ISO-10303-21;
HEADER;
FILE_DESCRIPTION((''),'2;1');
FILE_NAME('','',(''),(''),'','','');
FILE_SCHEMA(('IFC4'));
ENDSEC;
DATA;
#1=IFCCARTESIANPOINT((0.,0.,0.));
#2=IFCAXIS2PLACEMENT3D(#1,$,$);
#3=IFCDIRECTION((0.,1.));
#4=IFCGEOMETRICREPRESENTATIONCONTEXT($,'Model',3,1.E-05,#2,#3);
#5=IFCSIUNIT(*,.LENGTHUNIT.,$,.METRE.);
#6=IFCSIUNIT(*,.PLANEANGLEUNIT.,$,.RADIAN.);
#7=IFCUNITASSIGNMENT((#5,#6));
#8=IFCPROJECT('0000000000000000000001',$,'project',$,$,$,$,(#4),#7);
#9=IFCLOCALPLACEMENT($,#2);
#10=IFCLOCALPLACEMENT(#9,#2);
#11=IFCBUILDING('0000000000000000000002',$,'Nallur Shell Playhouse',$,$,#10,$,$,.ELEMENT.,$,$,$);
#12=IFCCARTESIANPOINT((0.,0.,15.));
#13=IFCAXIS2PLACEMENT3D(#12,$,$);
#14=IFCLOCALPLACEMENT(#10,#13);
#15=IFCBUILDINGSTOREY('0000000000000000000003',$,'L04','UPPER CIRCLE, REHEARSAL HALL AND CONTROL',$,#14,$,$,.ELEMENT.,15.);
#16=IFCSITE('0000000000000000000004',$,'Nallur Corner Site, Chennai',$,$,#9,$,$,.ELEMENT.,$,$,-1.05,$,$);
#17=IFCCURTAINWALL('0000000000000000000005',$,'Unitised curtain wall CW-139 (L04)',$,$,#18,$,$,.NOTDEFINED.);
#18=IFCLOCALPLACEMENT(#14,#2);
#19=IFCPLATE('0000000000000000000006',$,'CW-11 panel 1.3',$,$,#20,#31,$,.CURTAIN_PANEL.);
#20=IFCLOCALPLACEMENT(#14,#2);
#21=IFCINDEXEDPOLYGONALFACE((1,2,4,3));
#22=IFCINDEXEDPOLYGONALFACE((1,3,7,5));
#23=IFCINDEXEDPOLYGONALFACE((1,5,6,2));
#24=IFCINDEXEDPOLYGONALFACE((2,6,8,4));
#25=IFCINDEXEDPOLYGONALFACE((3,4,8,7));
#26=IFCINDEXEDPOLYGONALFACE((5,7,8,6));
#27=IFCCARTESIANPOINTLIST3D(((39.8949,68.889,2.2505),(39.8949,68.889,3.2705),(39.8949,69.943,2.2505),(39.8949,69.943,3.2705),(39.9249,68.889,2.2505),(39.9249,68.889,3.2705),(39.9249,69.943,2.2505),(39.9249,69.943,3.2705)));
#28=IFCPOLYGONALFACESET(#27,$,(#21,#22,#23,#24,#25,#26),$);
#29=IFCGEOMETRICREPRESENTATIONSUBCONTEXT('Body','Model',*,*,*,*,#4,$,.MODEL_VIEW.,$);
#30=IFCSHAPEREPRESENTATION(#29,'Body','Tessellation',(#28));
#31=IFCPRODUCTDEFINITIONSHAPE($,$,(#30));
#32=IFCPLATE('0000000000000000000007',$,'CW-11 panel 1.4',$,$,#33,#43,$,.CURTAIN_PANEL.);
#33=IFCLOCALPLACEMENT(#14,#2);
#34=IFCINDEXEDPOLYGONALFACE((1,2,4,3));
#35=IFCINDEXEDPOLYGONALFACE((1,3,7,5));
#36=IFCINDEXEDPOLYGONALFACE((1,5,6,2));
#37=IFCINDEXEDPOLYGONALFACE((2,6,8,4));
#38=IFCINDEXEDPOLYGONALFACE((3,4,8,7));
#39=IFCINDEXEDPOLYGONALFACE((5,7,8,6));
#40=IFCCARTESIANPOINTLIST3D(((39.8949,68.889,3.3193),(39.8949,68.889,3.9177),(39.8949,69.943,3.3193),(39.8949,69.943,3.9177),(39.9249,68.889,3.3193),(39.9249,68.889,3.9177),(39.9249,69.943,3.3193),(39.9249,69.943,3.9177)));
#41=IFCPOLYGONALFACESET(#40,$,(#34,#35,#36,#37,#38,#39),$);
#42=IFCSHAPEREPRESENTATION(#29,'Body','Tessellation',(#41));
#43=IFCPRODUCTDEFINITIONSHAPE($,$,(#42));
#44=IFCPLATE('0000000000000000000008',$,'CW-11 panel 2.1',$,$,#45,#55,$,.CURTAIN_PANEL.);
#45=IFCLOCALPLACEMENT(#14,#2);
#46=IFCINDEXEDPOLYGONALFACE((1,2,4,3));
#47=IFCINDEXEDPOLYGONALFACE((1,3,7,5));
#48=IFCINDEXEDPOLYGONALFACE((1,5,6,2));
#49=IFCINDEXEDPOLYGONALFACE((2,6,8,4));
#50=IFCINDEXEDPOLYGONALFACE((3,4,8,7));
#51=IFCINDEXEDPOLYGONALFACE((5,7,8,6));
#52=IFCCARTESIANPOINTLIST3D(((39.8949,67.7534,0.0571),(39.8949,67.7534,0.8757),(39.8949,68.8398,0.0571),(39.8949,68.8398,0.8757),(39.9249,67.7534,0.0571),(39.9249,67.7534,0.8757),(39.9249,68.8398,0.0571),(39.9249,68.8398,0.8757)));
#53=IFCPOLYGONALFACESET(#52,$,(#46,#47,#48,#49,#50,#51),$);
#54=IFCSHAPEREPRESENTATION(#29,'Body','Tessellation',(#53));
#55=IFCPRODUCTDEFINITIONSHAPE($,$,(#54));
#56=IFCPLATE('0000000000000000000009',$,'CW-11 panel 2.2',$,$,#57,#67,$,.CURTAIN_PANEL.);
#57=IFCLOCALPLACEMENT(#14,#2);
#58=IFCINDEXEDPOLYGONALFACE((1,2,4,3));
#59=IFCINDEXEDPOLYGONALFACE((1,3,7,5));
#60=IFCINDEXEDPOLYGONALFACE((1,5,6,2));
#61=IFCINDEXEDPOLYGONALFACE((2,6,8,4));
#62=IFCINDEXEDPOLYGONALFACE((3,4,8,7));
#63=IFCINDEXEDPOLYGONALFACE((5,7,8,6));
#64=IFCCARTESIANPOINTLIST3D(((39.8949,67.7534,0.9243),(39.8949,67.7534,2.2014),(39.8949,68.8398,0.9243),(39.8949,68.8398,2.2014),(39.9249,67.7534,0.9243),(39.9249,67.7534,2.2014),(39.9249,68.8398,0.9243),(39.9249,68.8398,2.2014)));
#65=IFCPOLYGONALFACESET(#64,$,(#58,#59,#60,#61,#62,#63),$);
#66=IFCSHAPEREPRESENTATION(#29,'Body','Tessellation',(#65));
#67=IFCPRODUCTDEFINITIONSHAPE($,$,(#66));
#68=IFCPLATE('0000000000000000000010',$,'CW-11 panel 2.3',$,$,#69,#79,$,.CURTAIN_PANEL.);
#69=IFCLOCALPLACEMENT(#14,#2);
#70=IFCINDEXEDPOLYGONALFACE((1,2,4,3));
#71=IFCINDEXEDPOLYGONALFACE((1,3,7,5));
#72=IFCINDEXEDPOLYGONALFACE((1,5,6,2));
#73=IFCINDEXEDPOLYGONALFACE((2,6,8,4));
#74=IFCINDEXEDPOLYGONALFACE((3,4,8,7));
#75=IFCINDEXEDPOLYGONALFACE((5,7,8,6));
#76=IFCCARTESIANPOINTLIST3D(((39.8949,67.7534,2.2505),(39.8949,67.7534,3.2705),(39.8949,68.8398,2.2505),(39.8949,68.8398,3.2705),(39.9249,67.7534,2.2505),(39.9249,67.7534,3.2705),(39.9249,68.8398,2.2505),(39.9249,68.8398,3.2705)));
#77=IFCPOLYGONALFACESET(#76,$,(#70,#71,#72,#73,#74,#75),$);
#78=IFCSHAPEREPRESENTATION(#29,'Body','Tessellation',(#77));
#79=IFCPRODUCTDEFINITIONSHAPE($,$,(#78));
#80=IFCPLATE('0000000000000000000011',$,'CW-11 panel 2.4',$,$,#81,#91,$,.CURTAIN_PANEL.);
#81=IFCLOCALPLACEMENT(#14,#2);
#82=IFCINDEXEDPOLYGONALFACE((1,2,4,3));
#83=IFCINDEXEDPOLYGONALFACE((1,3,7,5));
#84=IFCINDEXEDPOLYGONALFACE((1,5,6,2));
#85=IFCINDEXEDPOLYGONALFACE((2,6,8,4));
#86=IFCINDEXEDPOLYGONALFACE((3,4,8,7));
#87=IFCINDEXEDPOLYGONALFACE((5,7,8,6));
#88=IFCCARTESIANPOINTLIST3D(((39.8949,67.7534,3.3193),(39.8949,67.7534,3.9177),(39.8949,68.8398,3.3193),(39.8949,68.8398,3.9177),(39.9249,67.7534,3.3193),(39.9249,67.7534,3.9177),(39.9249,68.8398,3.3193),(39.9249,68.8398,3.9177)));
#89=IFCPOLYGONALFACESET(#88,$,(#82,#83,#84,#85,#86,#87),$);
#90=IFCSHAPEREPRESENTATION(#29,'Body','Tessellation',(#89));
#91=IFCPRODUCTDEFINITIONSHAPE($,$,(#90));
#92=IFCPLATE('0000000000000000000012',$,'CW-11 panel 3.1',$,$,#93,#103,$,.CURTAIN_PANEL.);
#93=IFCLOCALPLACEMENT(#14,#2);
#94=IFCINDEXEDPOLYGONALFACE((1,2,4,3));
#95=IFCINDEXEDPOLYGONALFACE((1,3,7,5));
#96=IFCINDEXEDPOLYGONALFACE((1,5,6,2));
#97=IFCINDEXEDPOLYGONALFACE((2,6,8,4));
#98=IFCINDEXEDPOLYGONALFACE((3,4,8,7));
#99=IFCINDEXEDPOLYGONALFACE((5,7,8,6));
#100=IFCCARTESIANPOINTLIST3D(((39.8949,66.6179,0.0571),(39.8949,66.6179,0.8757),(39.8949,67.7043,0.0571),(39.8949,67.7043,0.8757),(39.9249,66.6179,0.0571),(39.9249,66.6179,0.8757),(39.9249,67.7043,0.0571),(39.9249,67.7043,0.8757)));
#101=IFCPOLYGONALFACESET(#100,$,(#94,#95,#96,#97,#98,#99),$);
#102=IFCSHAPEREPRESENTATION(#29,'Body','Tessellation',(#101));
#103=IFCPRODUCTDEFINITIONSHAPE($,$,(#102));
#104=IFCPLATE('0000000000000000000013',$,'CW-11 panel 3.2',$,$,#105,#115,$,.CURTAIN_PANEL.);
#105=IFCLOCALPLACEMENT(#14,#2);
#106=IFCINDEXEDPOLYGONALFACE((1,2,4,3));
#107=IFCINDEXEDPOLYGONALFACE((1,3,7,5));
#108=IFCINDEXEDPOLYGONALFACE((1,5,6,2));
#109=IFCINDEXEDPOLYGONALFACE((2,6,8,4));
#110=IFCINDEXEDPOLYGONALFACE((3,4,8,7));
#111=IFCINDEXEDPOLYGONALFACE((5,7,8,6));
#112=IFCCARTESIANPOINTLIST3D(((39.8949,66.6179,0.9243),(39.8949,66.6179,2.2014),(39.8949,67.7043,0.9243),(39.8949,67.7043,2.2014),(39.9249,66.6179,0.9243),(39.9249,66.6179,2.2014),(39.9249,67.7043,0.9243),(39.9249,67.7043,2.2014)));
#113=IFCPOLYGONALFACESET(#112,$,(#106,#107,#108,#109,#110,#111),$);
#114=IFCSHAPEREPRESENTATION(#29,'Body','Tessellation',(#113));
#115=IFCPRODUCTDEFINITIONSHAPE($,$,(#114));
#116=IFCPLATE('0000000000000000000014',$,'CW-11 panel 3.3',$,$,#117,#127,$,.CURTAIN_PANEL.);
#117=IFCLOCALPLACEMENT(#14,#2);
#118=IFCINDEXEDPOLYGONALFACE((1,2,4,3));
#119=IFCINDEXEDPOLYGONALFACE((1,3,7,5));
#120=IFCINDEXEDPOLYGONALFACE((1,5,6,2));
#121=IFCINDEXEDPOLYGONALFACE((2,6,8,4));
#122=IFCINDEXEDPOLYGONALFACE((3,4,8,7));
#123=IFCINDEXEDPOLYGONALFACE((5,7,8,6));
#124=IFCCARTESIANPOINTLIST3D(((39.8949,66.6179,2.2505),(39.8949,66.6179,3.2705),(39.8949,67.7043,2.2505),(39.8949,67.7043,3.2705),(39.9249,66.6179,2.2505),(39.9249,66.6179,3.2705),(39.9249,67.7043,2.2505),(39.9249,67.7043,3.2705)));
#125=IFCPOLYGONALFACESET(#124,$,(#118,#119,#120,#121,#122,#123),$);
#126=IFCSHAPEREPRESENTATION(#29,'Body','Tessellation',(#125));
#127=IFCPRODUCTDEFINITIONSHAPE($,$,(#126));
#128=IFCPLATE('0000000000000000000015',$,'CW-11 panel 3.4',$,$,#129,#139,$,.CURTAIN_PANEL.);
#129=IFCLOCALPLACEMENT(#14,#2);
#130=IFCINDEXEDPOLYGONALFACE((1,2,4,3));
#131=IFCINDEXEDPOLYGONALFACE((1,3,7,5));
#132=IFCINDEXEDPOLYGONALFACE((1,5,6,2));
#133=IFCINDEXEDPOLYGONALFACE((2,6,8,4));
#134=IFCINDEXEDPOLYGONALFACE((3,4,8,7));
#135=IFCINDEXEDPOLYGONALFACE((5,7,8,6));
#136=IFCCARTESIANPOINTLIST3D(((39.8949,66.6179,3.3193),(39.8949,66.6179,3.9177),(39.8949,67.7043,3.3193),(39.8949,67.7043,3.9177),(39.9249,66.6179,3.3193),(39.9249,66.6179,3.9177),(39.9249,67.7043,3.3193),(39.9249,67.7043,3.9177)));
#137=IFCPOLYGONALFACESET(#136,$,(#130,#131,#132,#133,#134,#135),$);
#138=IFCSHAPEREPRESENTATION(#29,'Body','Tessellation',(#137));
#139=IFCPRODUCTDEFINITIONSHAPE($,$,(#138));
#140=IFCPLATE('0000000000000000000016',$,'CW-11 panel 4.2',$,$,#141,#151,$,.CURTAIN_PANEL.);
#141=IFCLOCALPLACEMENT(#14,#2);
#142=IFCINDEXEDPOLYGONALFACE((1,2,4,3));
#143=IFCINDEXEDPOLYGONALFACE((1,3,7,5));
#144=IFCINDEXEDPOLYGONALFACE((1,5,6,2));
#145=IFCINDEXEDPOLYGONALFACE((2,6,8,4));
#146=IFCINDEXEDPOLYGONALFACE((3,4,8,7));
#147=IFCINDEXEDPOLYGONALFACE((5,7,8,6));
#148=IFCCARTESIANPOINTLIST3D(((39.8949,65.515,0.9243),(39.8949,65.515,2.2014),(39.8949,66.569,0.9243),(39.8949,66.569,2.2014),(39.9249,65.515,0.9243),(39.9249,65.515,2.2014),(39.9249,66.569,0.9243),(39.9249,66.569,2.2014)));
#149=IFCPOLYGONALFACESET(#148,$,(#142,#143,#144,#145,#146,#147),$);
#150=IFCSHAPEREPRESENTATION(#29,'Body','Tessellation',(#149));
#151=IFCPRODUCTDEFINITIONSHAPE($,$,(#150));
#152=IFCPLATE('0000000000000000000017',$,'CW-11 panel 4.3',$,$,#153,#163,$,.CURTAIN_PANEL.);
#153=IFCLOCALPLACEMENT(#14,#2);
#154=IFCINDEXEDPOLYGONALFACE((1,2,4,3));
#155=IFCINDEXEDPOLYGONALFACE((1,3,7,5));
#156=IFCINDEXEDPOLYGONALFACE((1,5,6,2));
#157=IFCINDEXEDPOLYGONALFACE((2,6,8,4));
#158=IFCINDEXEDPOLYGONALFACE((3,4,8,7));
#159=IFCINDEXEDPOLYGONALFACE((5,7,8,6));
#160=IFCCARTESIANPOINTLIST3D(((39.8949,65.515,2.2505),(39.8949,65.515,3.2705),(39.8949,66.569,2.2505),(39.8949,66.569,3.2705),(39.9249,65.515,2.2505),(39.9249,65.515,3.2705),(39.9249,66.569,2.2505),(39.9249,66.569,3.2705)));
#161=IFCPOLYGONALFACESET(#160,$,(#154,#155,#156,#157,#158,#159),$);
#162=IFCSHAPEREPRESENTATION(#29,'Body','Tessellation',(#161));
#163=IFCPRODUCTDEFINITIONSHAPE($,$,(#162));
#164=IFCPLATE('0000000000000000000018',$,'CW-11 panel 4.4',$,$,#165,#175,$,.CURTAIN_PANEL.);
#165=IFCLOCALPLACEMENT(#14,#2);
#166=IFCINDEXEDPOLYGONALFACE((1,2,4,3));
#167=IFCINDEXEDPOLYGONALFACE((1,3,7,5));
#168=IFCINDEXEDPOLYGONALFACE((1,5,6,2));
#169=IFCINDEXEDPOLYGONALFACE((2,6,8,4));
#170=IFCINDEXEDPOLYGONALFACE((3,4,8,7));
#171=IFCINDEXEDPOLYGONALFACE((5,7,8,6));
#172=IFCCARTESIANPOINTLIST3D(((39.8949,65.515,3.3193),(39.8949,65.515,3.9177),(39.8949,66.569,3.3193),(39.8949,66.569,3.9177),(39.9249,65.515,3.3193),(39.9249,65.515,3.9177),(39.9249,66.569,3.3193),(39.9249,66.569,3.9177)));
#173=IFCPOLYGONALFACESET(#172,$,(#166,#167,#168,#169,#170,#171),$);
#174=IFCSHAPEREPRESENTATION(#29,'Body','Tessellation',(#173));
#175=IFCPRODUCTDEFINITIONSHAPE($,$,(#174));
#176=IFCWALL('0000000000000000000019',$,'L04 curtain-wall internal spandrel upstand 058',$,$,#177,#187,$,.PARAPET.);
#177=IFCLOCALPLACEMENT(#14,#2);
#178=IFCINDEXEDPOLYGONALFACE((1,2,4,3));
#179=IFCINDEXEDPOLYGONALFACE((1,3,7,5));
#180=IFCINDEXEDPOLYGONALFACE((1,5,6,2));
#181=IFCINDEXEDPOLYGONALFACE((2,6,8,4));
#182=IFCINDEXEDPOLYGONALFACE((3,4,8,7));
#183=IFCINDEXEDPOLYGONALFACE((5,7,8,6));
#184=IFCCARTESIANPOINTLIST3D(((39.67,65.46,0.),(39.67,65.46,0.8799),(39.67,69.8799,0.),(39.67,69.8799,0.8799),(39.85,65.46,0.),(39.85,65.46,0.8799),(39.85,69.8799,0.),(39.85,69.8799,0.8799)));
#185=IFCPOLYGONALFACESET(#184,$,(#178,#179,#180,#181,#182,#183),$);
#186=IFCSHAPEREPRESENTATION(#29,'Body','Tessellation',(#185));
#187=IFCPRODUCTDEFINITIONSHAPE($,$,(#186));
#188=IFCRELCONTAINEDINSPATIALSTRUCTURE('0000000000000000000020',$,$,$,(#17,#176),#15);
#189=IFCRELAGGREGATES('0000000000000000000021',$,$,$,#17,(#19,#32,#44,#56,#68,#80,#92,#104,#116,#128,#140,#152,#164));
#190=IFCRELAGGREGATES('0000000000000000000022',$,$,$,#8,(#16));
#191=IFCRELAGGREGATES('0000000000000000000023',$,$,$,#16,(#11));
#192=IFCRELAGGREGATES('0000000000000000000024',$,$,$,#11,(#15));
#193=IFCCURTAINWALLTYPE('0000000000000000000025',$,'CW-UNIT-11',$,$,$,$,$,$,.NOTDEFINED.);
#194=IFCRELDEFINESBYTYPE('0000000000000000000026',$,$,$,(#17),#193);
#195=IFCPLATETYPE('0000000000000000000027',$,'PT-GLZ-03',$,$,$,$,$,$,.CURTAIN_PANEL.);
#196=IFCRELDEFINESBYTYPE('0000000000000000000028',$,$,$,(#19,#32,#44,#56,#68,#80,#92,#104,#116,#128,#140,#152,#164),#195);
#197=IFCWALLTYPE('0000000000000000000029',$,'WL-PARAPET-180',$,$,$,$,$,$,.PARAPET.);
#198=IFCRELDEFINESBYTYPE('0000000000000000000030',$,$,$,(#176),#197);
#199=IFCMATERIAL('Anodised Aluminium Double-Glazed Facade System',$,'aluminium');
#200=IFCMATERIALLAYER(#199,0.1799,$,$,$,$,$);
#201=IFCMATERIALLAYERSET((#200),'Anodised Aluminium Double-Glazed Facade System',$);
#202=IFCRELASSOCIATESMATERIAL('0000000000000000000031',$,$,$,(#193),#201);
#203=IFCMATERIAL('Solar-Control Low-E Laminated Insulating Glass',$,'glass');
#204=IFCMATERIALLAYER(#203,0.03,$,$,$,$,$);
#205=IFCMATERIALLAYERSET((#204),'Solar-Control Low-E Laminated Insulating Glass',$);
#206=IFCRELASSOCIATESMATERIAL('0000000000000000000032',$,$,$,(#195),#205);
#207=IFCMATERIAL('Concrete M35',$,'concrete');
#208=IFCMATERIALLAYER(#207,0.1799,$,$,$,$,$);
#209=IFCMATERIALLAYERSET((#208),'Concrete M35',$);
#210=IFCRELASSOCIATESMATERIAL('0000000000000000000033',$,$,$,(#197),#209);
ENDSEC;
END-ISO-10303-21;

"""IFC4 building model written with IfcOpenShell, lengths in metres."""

from ifc_helpers import new_model, si_unit, direction, frame, frame_2d, origin, origin_2d, place, context, subcontext, project, spatial, rectangle, extrude, material, layer, layer_set, type_object, element, aggregate, save


model = new_model("IFC4")

# Units and contexts
model_context = context("Model", 3, precision=1e-05, world=origin(), true_north=direction((0.0, 1.0)))
body_context = subcontext(model_context, "Body", "Model", "MODEL_VIEW")
ifc_project = project(units=[si_unit("LENGTHUNIT", "METRE"), si_unit("PLANEANGLEUNIT", "RADIAN")], contexts=[model_context])

# Site, building, storey
site_placement = place(None, origin())
site = spatial("IfcSite", under=ifc_project, at=site_placement, Name="Nallur Corner Site, Chennai", CompositionType="ELEMENT", RefElevation=-1.05)
building_placement = place(site_placement, origin())
building = spatial("IfcBuilding", under=site, at=building_placement, Name="Nallur Shell Playhouse", CompositionType="ELEMENT")
storey_placement = place(building_placement, frame((0.0, 0.0, 15.0)))
storey = spatial("IfcBuildingStorey", under=building, at=storey_placement, Name="L04", Description="UPPER CIRCLE, REHEARSAL HALL AND CONTROL", CompositionType="ELEMENT", Elevation=15.0)

# Curtain wall, plates
ifc_material_1 = material(Name="Anodised Aluminium Double-Glazed Facade System", Category="aluminium")
ifc_layer_1 = layer(ifc_material_1, 0.1799)
ifc_layer_set_1 = layer_set([ifc_layer_1], Name="Anodised Aluminium Double-Glazed Facade System")
curtain_wall_type = type_object("IfcCurtainWallType", Name="CW-UNIT-11", PredefinedType="NOTDEFINED", material=ifc_layer_set_1)
curtain_wall_placement = place(storey_placement, origin())
curtain_wall = element("IfcCurtainWall", 1, at=curtain_wall_placement, inside=storey, type_object=curtain_wall_type, Name="Unitised curtain wall CW-139 (L04)", PredefinedType="NOTDEFINED")
ifc_material_2 = material(Name="Solar-Control Low-E Laminated Insulating Glass", Category="glass")
ifc_layer_2 = layer(ifc_material_2, 0.03)
ifc_layer_set_2 = layer_set([ifc_layer_2], Name="Solar-Control Low-E Laminated Insulating Glass")
plate_type = type_object("IfcPlateType", Name="PT-GLZ-03", PredefinedType="CURTAIN_PANEL", material=ifc_layer_set_2)
plate_1_placement = place(storey_placement, frame((39.9099, 69.416, 2.2505), z_axis=(0.0, 0.0, 1.0), x_axis=(0.0, -1.0, 0.0)))
plate_1 = element("IfcPlate", 2, at=plate_1_placement, type_object=plate_type, Name="CW-11 panel 1.3", PredefinedType="CURTAIN_PANEL", context=body_context, shape_type="SweptSolid", body=[
    extrude(rectangle(XDim=1.054, YDim=0.03, at=origin_2d()), origin(), (0.0, 0.0, 1.0), 1.02),
])
plate_2_placement = place(storey_placement, frame((39.9099, 69.416, 3.3193), z_axis=(0.0, 0.0, 1.0), x_axis=(0.0, -1.0, 0.0)))
plate_2 = element("IfcPlate", 3, at=plate_2_placement, type_object=plate_type, Name="CW-11 panel 1.4", PredefinedType="CURTAIN_PANEL", context=body_context, shape_type="SweptSolid", body=[
    extrude(rectangle(XDim=1.054, YDim=0.03, at=origin_2d()), origin(), (0.0, 0.0, 1.0), 0.5984),
])
plate_3_placement = place(storey_placement, frame((39.9099, 68.2966, 0.0571), z_axis=(0.0, 0.0, 1.0), x_axis=(0.0, -1.0, 0.0)))
plate_3 = element("IfcPlate", 4, at=plate_3_placement, type_object=plate_type, Name="CW-11 panel 2.1", PredefinedType="CURTAIN_PANEL", context=body_context, shape_type="SweptSolid", body=[
    extrude(rectangle(XDim=1.0864, YDim=0.03, at=origin_2d()), origin(), (0.0, 0.0, 1.0), 0.8186),
])
plate_4_placement = place(storey_placement, frame((39.9099, 68.2966, 0.9243), z_axis=(0.0, 0.0, 1.0), x_axis=(0.0, -1.0, 0.0)))
plate_4 = element("IfcPlate", 5, at=plate_4_placement, type_object=plate_type, Name="CW-11 panel 2.2", PredefinedType="CURTAIN_PANEL", context=body_context, shape_type="SweptSolid", body=[
    extrude(rectangle(XDim=1.0864, YDim=0.03, at=origin_2d()), origin(), (0.0, 0.0, 1.0), 1.2771),
])
plate_5_placement = place(storey_placement, frame((39.9099, 68.2966, 2.2505), z_axis=(0.0, 0.0, 1.0), x_axis=(0.0, -1.0, 0.0)))
plate_5 = element("IfcPlate", 6, at=plate_5_placement, type_object=plate_type, Name="CW-11 panel 2.3", PredefinedType="CURTAIN_PANEL", context=body_context, shape_type="SweptSolid", body=[
    extrude(rectangle(XDim=1.0864, YDim=0.03, at=origin_2d()), origin(), (0.0, 0.0, 1.0), 1.02),
])
plate_6_placement = place(storey_placement, frame((39.9099, 68.2966, 3.3193), z_axis=(0.0, 0.0, 1.0), x_axis=(0.0, -1.0, 0.0)))
plate_6 = element("IfcPlate", 7, at=plate_6_placement, type_object=plate_type, Name="CW-11 panel 2.4", PredefinedType="CURTAIN_PANEL", context=body_context, shape_type="SweptSolid", body=[
    extrude(rectangle(XDim=1.0864, YDim=0.03, at=origin_2d()), origin(), (0.0, 0.0, 1.0), 0.5984),
])
plate_7_placement = place(storey_placement, frame((39.9099, 67.1611, 0.0571), z_axis=(0.0, 0.0, 1.0), x_axis=(0.0, -1.0, 0.0)))
plate_7 = element("IfcPlate", 8, at=plate_7_placement, type_object=plate_type, Name="CW-11 panel 3.1", PredefinedType="CURTAIN_PANEL", context=body_context, shape_type="SweptSolid", body=[
    extrude(rectangle(XDim=1.0864, YDim=0.03, at=origin_2d()), origin(), (0.0, 0.0, 1.0), 0.8186),
])
plate_8_placement = place(storey_placement, frame((39.9099, 67.1611, 0.9243), z_axis=(0.0, 0.0, 1.0), x_axis=(0.0, -1.0, 0.0)))
plate_8 = element("IfcPlate", 9, at=plate_8_placement, type_object=plate_type, Name="CW-11 panel 3.2", PredefinedType="CURTAIN_PANEL", context=body_context, shape_type="SweptSolid", body=[
    extrude(rectangle(XDim=1.0864, YDim=0.03, at=origin_2d()), origin(), (0.0, 0.0, 1.0), 1.2771),
])
plate_9_placement = place(storey_placement, frame((39.9099, 67.1611, 2.2505), z_axis=(0.0, 0.0, 1.0), x_axis=(0.0, -1.0, 0.0)))
plate_9 = element("IfcPlate", 10, at=plate_9_placement, type_object=plate_type, Name="CW-11 panel 3.3", PredefinedType="CURTAIN_PANEL", context=body_context, shape_type="SweptSolid", body=[
    extrude(rectangle(XDim=1.0864, YDim=0.03, at=origin_2d()), origin(), (0.0, 0.0, 1.0), 1.02),
])
plate_10_placement = place(storey_placement, frame((39.9099, 67.1611, 3.3193), z_axis=(0.0, 0.0, 1.0), x_axis=(0.0, -1.0, 0.0)))
plate_10 = element("IfcPlate", 11, at=plate_10_placement, type_object=plate_type, Name="CW-11 panel 3.4", PredefinedType="CURTAIN_PANEL", context=body_context, shape_type="SweptSolid", body=[
    extrude(rectangle(XDim=1.0864, YDim=0.03, at=origin_2d()), origin(), (0.0, 0.0, 1.0), 0.5984),
])
plate_11_placement = place(storey_placement, frame((39.9099, 66.042, 0.9243), z_axis=(0.0, 0.0, 1.0), x_axis=(0.0, -1.0, 0.0)))
plate_11 = element("IfcPlate", 12, at=plate_11_placement, type_object=plate_type, Name="CW-11 panel 4.2", PredefinedType="CURTAIN_PANEL", context=body_context, shape_type="SweptSolid", body=[
    extrude(rectangle(XDim=1.054, YDim=0.03, at=origin_2d()), origin(), (0.0, 0.0, 1.0), 1.2771),
])
plate_12_placement = place(storey_placement, frame((39.9099, 66.042, 2.2505), z_axis=(0.0, 0.0, 1.0), x_axis=(0.0, -1.0, 0.0)))
plate_12 = element("IfcPlate", 13, at=plate_12_placement, type_object=plate_type, Name="CW-11 panel 4.3", PredefinedType="CURTAIN_PANEL", context=body_context, shape_type="SweptSolid", body=[
    extrude(rectangle(XDim=1.054, YDim=0.03, at=origin_2d()), origin(), (0.0, 0.0, 1.0), 1.02),
])
plate_13_placement = place(storey_placement, frame((39.9099, 66.042, 3.3193), z_axis=(0.0, 0.0, 1.0), x_axis=(0.0, -1.0, 0.0)))
plate_13 = element("IfcPlate", 14, at=plate_13_placement, type_object=plate_type, Name="CW-11 panel 4.4", PredefinedType="CURTAIN_PANEL", context=body_context, shape_type="SweptSolid", body=[
    extrude(rectangle(XDim=1.054, YDim=0.03, at=origin_2d()), origin(), (0.0, 0.0, 1.0), 0.5984),
])
aggregate(curtain_wall, [plate_1, plate_2, plate_3, plate_4, plate_5, plate_6, plate_7, plate_8, plate_9, plate_10, plate_11, plate_12, plate_13])

# Wall
ifc_material_3 = material(Name="Concrete M35", Category="concrete")
ifc_layer_3 = layer(ifc_material_3, 0.1799)
ifc_layer_set_3 = layer_set([ifc_layer_3], Name="Concrete M35")
wall_type = type_object("IfcWallType", Name="WL-PARAPET-180", PredefinedType="PARAPET", material=ifc_layer_set_3)
wall_placement = place(storey_placement, frame((39.76, 69.8799, 0.0), z_axis=(0.0, 0.0, 1.0), x_axis=(0.0, -1.0, 0.0)))
element("IfcWall", 15, at=wall_placement, inside=storey, type_object=wall_type, Name="L04 curtain-wall internal spandrel upstand 058", PredefinedType="PARAPET", context=body_context, shape_type="SweptSolid", body=[
    extrude(rectangle(XDim=4.4199, YDim=0.1799, at=frame_2d((2.21, 0.0))), origin(), (0.0, 0.0, 1.0), 0.8799),
])

save(model, "model.ifc")
